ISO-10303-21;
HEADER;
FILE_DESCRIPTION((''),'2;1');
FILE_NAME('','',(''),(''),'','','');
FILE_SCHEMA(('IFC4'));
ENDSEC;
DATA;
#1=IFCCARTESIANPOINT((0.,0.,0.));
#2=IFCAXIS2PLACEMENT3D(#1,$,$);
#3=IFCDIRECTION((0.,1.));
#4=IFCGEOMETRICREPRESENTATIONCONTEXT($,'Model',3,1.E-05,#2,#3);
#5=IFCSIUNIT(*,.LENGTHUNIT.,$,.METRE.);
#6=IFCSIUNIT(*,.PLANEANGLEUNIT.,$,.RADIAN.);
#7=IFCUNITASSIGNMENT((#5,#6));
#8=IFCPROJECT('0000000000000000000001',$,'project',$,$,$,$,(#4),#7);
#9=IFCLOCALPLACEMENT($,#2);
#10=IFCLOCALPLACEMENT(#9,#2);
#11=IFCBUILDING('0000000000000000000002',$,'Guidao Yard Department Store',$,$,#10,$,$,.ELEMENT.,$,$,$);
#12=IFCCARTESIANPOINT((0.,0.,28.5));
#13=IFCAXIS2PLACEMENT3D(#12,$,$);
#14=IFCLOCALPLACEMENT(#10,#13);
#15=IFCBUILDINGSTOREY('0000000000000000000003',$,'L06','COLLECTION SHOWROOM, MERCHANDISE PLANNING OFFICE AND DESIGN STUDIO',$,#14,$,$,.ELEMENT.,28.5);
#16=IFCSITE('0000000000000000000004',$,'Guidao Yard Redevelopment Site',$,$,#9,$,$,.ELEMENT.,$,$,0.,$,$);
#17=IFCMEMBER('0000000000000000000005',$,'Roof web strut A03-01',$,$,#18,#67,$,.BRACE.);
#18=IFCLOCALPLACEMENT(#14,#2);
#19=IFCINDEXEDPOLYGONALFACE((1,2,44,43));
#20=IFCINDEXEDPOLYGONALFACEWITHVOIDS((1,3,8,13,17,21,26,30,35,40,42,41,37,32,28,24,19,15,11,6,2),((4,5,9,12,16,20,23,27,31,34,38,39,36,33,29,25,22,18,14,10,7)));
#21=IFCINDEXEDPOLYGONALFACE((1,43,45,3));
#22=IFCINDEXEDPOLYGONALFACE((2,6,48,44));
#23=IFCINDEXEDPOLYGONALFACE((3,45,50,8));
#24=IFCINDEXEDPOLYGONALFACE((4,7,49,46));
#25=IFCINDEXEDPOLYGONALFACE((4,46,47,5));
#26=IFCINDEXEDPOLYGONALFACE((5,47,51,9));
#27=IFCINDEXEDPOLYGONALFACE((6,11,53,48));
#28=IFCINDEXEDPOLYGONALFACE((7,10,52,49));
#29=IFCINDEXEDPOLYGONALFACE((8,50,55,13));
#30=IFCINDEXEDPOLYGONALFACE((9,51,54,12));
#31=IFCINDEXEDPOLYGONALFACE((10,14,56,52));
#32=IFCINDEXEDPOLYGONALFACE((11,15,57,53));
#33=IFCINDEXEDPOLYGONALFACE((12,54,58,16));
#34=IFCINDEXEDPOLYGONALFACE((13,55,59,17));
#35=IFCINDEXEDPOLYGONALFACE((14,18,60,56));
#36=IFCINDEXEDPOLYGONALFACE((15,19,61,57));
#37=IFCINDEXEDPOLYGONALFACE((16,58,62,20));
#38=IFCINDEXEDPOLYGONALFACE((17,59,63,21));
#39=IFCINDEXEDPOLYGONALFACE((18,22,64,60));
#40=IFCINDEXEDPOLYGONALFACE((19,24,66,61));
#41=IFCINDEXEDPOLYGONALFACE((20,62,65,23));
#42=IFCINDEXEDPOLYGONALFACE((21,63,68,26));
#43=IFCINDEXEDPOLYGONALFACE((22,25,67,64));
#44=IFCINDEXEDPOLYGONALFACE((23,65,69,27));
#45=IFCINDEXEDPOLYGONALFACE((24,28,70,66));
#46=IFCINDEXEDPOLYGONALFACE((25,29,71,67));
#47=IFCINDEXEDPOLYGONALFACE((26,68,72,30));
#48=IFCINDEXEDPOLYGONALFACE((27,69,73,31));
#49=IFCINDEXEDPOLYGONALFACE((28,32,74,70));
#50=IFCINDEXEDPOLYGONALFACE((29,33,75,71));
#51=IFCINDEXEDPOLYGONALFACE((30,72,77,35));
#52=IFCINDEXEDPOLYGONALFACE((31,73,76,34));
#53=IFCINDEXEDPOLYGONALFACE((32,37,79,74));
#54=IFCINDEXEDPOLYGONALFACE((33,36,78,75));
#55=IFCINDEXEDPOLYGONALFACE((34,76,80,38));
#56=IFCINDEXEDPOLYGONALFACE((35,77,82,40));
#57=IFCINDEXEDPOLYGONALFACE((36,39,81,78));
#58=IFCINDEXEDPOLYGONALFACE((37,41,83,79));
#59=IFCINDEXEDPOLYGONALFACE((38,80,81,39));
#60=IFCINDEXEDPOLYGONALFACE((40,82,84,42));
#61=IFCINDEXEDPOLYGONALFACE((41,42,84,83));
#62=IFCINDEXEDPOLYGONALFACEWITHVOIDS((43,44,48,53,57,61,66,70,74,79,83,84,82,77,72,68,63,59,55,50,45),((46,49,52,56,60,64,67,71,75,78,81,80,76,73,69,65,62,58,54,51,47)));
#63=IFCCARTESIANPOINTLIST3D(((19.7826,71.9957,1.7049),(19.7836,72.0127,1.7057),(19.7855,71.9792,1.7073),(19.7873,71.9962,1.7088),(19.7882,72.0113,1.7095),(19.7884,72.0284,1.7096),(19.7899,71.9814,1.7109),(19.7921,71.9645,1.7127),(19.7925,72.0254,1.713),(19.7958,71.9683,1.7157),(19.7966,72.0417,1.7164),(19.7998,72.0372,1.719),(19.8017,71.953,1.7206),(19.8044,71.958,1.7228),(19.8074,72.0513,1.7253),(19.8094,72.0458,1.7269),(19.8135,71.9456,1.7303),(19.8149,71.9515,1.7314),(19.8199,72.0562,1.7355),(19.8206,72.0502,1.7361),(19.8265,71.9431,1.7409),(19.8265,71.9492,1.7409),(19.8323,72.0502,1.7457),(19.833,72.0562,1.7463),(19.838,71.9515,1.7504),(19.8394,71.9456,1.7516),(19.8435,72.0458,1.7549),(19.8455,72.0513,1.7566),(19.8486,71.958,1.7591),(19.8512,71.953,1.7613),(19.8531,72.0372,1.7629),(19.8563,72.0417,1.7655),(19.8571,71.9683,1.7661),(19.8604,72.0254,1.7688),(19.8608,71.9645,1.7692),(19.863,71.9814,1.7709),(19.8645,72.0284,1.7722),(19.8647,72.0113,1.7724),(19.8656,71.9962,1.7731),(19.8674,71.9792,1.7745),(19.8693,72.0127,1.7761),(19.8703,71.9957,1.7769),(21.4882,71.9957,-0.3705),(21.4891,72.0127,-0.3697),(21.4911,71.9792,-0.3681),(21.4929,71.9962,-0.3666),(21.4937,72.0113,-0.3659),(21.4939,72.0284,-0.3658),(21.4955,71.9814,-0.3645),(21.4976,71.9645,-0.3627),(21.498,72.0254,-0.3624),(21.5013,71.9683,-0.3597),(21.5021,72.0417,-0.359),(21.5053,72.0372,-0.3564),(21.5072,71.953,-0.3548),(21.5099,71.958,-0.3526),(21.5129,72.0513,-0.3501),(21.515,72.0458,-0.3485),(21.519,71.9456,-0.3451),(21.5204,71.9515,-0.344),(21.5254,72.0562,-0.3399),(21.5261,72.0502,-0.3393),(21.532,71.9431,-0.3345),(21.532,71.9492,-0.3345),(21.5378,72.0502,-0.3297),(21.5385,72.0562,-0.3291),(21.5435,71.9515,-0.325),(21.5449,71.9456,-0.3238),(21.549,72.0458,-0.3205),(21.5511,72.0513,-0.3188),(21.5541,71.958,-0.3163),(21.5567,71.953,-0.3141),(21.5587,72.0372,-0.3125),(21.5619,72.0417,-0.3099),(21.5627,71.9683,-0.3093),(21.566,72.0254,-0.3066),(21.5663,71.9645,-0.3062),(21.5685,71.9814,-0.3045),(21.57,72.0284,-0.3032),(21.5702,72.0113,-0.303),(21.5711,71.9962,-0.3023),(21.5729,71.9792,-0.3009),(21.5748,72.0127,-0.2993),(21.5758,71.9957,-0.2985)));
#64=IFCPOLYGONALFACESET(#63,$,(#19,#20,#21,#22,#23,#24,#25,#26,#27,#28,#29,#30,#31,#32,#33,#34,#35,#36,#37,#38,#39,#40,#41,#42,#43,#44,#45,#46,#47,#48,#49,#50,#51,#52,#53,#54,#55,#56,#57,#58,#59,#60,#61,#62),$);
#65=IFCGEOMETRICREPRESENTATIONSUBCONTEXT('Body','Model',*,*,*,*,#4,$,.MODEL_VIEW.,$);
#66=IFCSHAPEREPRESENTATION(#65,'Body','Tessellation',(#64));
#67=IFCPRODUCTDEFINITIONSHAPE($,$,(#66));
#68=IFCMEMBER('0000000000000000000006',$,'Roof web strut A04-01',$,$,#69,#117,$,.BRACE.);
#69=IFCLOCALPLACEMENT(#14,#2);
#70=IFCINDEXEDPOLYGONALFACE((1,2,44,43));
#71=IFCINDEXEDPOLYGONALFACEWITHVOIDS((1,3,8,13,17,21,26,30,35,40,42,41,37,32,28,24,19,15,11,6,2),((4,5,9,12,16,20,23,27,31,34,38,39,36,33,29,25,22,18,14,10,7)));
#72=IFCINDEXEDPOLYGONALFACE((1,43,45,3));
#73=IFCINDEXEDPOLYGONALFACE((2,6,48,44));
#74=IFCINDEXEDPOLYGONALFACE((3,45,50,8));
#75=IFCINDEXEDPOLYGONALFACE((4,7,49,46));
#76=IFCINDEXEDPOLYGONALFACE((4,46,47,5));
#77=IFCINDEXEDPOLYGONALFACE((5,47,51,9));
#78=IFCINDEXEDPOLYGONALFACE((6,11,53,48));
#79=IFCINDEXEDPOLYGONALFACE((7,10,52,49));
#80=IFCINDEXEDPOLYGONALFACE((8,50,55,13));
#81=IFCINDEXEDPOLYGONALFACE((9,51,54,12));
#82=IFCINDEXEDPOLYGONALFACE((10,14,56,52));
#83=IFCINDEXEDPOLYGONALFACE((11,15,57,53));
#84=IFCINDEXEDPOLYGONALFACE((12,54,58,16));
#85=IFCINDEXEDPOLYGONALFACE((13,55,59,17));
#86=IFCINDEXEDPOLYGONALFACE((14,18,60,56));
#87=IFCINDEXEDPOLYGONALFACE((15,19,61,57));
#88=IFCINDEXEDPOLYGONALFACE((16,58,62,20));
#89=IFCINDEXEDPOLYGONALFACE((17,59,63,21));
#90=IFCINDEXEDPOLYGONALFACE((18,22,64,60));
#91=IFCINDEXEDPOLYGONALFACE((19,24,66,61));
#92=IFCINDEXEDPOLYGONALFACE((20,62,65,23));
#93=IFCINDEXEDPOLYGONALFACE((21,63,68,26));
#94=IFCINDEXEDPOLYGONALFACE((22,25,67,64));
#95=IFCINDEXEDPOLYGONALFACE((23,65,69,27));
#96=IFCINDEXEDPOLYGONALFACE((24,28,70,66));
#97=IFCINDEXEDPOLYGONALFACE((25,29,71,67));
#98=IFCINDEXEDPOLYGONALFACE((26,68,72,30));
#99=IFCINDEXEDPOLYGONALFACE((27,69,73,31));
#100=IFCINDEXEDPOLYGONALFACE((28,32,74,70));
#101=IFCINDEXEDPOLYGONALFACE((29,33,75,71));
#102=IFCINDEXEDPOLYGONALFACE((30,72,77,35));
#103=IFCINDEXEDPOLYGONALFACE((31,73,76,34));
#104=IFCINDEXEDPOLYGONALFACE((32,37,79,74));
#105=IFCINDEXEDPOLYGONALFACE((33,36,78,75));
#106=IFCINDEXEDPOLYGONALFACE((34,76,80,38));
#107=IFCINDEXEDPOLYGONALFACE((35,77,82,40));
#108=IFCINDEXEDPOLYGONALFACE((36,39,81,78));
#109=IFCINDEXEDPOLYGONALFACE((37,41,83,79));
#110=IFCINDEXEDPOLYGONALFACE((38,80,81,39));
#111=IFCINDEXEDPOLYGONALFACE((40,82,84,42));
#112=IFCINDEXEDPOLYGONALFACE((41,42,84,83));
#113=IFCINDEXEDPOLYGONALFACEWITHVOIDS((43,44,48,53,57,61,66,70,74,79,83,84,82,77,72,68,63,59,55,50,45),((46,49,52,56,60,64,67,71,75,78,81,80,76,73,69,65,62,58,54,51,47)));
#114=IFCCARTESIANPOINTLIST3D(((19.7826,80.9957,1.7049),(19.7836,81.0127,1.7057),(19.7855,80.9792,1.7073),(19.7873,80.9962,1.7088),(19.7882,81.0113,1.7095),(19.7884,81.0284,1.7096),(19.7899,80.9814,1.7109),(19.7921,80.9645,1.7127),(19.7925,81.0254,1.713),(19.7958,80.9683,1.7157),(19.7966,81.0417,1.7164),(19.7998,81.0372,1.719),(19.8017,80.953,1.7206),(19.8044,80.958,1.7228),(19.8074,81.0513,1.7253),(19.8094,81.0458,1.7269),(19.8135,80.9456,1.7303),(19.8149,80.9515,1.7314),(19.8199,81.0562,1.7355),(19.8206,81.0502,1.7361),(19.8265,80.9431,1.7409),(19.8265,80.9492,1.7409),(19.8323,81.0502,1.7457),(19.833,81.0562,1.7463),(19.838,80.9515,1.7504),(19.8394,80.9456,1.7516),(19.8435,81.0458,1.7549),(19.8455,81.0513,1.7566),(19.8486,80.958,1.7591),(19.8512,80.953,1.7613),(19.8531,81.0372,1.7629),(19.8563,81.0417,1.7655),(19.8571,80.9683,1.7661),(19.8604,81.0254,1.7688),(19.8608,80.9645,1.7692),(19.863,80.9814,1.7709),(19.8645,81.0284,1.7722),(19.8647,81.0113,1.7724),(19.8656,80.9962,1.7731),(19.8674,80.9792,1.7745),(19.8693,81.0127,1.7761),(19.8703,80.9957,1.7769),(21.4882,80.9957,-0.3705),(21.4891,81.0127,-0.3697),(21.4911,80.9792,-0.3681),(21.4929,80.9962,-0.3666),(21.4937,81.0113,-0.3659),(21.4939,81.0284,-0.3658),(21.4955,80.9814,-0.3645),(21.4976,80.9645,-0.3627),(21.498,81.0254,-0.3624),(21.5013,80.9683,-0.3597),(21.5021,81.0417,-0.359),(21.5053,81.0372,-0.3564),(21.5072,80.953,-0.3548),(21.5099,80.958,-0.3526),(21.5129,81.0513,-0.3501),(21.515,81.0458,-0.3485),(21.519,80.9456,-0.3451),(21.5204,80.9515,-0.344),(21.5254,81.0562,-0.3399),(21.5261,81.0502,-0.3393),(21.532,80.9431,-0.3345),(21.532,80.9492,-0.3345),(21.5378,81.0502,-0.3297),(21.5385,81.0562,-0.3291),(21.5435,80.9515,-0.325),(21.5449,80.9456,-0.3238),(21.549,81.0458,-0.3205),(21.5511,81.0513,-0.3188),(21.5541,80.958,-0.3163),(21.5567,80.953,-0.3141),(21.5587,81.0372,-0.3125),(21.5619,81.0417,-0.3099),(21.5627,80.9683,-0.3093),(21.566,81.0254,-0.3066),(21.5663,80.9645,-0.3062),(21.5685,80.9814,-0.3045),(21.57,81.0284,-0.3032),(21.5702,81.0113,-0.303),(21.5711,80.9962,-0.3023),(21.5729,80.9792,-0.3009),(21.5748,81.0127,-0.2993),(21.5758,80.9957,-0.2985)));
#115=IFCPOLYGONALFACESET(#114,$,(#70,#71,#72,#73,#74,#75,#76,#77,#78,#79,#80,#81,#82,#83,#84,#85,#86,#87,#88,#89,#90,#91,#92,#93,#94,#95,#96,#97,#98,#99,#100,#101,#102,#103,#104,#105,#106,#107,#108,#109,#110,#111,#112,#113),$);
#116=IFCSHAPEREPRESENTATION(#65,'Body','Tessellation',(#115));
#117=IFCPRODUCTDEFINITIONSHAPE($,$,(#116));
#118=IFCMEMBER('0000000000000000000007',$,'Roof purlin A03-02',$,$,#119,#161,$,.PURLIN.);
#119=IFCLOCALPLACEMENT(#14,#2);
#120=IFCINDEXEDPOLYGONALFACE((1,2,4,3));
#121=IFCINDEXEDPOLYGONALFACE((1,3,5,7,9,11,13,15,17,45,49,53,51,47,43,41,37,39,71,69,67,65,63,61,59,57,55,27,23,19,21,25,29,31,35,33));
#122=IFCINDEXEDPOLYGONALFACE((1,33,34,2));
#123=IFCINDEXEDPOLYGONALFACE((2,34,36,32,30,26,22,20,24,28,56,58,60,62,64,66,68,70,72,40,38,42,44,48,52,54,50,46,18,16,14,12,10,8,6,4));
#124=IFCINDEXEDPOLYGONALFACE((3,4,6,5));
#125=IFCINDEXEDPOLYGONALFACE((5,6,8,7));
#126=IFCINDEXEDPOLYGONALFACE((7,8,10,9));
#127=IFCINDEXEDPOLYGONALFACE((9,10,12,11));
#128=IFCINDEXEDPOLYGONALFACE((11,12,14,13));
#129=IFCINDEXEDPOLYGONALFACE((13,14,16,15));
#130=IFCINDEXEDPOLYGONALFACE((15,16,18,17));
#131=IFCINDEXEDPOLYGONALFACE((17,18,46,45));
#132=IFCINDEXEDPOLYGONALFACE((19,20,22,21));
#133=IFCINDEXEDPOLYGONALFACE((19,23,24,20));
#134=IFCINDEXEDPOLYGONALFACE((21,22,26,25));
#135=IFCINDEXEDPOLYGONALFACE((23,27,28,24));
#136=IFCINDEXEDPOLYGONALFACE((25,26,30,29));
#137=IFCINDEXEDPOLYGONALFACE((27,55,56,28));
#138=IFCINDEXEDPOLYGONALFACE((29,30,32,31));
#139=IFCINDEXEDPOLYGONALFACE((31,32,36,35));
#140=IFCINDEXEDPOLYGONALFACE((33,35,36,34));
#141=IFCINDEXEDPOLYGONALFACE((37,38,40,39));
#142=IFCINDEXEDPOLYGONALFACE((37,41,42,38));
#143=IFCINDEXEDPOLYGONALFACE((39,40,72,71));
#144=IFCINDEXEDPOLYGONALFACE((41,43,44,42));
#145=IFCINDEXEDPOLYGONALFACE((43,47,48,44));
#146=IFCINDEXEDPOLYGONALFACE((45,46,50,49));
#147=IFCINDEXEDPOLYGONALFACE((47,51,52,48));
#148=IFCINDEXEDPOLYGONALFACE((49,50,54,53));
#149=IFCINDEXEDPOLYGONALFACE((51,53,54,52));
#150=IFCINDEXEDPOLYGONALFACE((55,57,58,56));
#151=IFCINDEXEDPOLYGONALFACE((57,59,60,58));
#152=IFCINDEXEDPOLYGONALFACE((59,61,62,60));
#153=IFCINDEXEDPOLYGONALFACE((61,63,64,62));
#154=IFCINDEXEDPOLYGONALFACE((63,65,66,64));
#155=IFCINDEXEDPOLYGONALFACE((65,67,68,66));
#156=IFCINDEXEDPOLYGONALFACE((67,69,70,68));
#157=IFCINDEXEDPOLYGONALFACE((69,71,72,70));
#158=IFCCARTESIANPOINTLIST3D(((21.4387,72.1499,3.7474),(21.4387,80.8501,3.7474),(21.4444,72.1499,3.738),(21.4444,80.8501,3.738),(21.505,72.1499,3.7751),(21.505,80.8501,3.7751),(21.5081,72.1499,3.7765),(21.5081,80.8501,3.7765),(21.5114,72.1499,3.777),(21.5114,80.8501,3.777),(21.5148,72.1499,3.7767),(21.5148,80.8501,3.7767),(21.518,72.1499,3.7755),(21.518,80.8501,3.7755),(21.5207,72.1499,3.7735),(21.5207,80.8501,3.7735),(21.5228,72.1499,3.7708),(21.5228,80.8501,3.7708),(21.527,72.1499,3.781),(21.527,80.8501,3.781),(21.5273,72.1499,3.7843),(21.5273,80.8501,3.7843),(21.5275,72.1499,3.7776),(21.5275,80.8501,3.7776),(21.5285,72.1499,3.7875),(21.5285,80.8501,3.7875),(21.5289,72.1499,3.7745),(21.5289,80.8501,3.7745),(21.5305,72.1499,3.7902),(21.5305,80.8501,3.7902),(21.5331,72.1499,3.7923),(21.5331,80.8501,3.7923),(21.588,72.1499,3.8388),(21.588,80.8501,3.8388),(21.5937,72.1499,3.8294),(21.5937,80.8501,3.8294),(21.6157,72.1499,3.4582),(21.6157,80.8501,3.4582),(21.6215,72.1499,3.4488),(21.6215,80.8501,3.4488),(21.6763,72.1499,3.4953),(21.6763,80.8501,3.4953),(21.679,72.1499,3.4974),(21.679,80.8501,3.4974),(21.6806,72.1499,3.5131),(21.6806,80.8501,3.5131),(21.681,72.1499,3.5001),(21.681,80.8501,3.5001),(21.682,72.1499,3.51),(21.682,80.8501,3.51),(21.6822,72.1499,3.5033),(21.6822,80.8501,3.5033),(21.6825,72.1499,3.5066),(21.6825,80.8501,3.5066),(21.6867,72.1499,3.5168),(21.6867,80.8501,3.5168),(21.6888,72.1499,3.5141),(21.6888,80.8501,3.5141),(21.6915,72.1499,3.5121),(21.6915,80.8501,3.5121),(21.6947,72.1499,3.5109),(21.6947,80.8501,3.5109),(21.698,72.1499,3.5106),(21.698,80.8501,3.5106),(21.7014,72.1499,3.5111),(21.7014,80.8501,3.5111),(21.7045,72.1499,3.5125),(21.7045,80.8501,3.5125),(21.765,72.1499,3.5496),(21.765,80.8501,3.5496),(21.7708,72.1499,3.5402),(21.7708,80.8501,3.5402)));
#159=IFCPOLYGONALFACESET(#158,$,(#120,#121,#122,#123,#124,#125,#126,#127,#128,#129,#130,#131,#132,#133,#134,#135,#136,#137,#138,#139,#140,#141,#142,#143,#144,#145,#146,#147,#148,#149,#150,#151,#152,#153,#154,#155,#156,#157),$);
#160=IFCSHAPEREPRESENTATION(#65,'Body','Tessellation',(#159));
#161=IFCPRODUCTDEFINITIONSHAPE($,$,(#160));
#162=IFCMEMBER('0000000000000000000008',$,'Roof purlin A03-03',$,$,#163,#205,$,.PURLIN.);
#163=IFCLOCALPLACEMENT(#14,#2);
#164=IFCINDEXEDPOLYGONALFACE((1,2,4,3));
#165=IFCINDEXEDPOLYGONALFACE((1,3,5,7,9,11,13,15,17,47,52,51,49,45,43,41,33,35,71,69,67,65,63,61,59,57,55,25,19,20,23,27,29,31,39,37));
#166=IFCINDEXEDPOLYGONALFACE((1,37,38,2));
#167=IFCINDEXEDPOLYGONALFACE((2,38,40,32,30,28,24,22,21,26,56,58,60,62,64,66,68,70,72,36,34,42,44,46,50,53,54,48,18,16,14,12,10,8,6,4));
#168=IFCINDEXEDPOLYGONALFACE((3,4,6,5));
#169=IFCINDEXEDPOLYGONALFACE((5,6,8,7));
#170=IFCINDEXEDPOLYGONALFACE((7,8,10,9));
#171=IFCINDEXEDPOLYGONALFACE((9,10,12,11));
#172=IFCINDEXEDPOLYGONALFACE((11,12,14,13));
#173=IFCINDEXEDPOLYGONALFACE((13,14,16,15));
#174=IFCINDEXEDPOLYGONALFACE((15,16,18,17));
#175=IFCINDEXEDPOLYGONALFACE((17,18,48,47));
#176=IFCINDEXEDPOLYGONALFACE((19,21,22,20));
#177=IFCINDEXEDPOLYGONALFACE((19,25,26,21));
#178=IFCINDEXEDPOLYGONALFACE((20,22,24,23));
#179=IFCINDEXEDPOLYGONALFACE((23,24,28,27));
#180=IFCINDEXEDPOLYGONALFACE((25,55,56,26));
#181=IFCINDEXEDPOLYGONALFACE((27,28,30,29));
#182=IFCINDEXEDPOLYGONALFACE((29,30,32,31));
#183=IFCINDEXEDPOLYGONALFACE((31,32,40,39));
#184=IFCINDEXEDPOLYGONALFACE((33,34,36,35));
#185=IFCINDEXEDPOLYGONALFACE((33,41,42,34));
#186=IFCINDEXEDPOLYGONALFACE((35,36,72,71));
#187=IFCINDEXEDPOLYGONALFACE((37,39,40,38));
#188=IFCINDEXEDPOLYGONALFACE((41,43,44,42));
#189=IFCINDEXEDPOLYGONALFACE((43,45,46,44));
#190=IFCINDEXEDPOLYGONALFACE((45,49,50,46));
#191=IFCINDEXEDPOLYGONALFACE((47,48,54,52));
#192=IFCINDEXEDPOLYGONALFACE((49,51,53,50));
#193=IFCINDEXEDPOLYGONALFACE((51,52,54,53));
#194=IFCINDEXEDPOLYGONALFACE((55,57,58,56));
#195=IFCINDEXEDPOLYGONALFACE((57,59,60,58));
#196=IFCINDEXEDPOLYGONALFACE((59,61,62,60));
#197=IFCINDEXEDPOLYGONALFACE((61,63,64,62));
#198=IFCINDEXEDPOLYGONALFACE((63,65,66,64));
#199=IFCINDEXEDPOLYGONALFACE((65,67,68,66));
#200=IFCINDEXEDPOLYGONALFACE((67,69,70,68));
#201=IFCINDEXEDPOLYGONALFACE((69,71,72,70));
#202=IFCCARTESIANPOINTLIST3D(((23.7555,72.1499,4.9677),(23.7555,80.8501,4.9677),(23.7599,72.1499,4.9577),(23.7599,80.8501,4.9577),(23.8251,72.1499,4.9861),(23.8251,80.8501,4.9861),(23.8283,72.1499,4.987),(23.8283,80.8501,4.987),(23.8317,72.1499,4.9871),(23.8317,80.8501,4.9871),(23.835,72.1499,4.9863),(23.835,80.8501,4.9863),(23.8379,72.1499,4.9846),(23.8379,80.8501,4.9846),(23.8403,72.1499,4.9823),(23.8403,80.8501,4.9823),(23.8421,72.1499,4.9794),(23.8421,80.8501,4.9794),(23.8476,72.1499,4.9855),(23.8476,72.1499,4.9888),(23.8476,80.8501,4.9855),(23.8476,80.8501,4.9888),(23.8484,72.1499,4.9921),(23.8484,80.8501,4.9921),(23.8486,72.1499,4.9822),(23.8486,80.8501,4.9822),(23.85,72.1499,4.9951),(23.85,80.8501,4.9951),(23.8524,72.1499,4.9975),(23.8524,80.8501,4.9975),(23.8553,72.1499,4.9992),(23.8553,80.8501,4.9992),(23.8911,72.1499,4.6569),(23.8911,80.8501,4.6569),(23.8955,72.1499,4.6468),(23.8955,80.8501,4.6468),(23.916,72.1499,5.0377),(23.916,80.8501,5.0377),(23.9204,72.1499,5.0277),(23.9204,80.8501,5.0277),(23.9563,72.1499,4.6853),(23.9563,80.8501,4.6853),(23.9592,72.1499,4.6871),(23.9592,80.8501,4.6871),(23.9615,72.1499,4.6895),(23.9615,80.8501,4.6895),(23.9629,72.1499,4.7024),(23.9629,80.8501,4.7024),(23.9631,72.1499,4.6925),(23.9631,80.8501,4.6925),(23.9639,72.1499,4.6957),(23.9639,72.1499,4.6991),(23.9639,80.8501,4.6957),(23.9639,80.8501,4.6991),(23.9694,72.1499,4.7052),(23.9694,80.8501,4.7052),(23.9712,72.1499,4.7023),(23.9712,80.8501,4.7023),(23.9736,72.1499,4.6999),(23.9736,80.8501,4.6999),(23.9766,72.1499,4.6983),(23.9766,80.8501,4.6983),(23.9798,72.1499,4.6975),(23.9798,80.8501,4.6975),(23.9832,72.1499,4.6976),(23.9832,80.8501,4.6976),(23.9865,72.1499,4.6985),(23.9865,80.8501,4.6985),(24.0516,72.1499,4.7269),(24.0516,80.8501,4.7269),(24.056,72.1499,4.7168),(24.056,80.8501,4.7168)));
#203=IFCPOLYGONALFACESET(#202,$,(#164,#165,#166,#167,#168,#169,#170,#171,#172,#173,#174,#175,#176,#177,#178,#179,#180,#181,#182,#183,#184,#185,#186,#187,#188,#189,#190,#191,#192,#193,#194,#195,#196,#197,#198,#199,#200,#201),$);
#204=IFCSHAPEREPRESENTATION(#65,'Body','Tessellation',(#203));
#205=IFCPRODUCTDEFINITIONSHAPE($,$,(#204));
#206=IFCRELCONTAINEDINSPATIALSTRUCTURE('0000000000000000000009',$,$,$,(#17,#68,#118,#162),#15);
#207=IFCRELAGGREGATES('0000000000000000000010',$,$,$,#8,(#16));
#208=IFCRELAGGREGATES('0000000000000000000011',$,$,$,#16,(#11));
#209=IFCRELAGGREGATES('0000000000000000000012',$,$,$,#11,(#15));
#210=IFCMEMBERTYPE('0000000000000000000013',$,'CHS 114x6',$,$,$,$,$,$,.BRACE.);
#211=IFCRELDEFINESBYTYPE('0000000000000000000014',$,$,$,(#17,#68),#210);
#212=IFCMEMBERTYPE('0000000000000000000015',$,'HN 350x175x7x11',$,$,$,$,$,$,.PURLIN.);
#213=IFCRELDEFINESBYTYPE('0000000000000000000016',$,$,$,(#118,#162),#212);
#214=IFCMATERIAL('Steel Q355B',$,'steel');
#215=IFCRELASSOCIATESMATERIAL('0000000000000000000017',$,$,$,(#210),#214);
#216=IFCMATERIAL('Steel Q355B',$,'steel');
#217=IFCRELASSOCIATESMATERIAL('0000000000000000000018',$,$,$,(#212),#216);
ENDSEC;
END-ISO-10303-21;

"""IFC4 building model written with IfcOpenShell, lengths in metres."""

from ifc_helpers import new_model, si_unit, direction, frame, origin, origin_2d, place, context, subcontext, project, spatial, hollow_circle, i_section, extrude, material, material_profile, profile_set, type_object, element, save


model = new_model("IFC4")

# Units and contexts
model_context = context("Model", 3, precision=1e-05, world=origin(), true_north=direction((0.0, 1.0)))
body_context = subcontext(model_context, "Body", "Model", "MODEL_VIEW")
ifc_project = project(units=[si_unit("LENGTHUNIT", "METRE"), si_unit("PLANEANGLEUNIT", "RADIAN")], contexts=[model_context])

# Site, building, storey
site_placement = place(None, origin())
site = spatial("IfcSite", under=ifc_project, at=site_placement, Name="Guidao Yard Redevelopment Site", CompositionType="ELEMENT", RefElevation=0.0)
building_placement = place(site_placement, origin())
building = spatial("IfcBuilding", under=site, at=building_placement, Name="Guidao Yard Department Store", CompositionType="ELEMENT")
storey_placement = place(building_placement, frame((0.0, 0.0, 28.5)))
storey = spatial("IfcBuildingStorey", under=building, at=storey_placement, Name="L06", Description="COLLECTION SHOWROOM, MERCHANDISE PLANNING OFFICE AND DESIGN STUDIO", CompositionType="ELEMENT", Elevation=28.5)

# Members
ifc_material_1 = material(Name="Steel Q355B", Category="steel")
ifc_material_profile_1 = material_profile(ifc_material_1, hollow_circle(Radius=0.0569, WallThickness=0.0061, at=origin_2d()), Name="CHS 114x6")
ifc_profile_set_1 = profile_set([ifc_material_profile_1], Name="Steel Q355B")
member_type_1 = type_object("IfcMemberType", Name="CHS 114x6", PredefinedType="BRACE", material=ifc_profile_set_1)
for number, where, z_axis, x_axis, name in (
    (1, (21.532, 72.0, -0.3345), (-0.634904, 0.0, 0.772591), (0.0, -1.0, 0.0), "Roof web strut A03-01"),
    (2, (21.532, 81.0, -0.3345), (-0.634904, 0.0, 0.772591), (0.0, -1.0, 0.0), "Roof web strut A04-01"),
):
    element("IfcMember", number, at=place(storey_placement, frame(where, z_axis=z_axis, x_axis=x_axis)), inside=storey, type_object=member_type_1, Name=name, PredefinedType="BRACE", context=body_context, shape_type="SweptSolid", body=[
        extrude(hollow_circle(Radius=0.0569, WallThickness=0.0061, at=origin_2d()), origin(), (0.0, 0.0, 1.0), 2.6863),
    ])
ifc_material_2 = material(Name="Steel Q355B", Category="steel")
ifc_material_profile_2 = material_profile(ifc_material_2, i_section(OverallWidth=0.175, OverallDepth=0.3501, WebThickness=0.0071, FlangeThickness=0.011, FilletRadius=0.0129, at=origin_2d()), Name="HN 350x175x7x11")
ifc_profile_set_2 = profile_set([ifc_material_profile_2], Name="Steel Q355B")
member_type_2 = type_object("IfcMemberType", Name="HN 350x175x7x11", PredefinedType="PURLIN", material=ifc_profile_set_2)
for number, where, z_axis, x_axis, name in (
    (3, (21.6047, 72.1499, 3.6438), (0.0, 1.0, 0.0), (-0.852874, 0.0, -0.522116), "Roof purlin A03-02"),
    (4, (23.9058, 72.1499, 4.8423), (0.0, 1.0, 0.0), (-0.916571, 0.0, -0.399871), "Roof purlin A03-03"),
):
    element("IfcMember", number, at=place(storey_placement, frame(where, z_axis=z_axis, x_axis=x_axis)), inside=storey, type_object=member_type_2, Name=name, PredefinedType="PURLIN", context=body_context, shape_type="SweptSolid", body=[
        extrude(i_section(OverallWidth=0.175, OverallDepth=0.3501, WebThickness=0.0071, FlangeThickness=0.011, FilletRadius=0.0129, at=origin_2d()), origin(), (0.0, 0.0, 1.0), 8.7002),
    ])

save(model, "model.ifc")
